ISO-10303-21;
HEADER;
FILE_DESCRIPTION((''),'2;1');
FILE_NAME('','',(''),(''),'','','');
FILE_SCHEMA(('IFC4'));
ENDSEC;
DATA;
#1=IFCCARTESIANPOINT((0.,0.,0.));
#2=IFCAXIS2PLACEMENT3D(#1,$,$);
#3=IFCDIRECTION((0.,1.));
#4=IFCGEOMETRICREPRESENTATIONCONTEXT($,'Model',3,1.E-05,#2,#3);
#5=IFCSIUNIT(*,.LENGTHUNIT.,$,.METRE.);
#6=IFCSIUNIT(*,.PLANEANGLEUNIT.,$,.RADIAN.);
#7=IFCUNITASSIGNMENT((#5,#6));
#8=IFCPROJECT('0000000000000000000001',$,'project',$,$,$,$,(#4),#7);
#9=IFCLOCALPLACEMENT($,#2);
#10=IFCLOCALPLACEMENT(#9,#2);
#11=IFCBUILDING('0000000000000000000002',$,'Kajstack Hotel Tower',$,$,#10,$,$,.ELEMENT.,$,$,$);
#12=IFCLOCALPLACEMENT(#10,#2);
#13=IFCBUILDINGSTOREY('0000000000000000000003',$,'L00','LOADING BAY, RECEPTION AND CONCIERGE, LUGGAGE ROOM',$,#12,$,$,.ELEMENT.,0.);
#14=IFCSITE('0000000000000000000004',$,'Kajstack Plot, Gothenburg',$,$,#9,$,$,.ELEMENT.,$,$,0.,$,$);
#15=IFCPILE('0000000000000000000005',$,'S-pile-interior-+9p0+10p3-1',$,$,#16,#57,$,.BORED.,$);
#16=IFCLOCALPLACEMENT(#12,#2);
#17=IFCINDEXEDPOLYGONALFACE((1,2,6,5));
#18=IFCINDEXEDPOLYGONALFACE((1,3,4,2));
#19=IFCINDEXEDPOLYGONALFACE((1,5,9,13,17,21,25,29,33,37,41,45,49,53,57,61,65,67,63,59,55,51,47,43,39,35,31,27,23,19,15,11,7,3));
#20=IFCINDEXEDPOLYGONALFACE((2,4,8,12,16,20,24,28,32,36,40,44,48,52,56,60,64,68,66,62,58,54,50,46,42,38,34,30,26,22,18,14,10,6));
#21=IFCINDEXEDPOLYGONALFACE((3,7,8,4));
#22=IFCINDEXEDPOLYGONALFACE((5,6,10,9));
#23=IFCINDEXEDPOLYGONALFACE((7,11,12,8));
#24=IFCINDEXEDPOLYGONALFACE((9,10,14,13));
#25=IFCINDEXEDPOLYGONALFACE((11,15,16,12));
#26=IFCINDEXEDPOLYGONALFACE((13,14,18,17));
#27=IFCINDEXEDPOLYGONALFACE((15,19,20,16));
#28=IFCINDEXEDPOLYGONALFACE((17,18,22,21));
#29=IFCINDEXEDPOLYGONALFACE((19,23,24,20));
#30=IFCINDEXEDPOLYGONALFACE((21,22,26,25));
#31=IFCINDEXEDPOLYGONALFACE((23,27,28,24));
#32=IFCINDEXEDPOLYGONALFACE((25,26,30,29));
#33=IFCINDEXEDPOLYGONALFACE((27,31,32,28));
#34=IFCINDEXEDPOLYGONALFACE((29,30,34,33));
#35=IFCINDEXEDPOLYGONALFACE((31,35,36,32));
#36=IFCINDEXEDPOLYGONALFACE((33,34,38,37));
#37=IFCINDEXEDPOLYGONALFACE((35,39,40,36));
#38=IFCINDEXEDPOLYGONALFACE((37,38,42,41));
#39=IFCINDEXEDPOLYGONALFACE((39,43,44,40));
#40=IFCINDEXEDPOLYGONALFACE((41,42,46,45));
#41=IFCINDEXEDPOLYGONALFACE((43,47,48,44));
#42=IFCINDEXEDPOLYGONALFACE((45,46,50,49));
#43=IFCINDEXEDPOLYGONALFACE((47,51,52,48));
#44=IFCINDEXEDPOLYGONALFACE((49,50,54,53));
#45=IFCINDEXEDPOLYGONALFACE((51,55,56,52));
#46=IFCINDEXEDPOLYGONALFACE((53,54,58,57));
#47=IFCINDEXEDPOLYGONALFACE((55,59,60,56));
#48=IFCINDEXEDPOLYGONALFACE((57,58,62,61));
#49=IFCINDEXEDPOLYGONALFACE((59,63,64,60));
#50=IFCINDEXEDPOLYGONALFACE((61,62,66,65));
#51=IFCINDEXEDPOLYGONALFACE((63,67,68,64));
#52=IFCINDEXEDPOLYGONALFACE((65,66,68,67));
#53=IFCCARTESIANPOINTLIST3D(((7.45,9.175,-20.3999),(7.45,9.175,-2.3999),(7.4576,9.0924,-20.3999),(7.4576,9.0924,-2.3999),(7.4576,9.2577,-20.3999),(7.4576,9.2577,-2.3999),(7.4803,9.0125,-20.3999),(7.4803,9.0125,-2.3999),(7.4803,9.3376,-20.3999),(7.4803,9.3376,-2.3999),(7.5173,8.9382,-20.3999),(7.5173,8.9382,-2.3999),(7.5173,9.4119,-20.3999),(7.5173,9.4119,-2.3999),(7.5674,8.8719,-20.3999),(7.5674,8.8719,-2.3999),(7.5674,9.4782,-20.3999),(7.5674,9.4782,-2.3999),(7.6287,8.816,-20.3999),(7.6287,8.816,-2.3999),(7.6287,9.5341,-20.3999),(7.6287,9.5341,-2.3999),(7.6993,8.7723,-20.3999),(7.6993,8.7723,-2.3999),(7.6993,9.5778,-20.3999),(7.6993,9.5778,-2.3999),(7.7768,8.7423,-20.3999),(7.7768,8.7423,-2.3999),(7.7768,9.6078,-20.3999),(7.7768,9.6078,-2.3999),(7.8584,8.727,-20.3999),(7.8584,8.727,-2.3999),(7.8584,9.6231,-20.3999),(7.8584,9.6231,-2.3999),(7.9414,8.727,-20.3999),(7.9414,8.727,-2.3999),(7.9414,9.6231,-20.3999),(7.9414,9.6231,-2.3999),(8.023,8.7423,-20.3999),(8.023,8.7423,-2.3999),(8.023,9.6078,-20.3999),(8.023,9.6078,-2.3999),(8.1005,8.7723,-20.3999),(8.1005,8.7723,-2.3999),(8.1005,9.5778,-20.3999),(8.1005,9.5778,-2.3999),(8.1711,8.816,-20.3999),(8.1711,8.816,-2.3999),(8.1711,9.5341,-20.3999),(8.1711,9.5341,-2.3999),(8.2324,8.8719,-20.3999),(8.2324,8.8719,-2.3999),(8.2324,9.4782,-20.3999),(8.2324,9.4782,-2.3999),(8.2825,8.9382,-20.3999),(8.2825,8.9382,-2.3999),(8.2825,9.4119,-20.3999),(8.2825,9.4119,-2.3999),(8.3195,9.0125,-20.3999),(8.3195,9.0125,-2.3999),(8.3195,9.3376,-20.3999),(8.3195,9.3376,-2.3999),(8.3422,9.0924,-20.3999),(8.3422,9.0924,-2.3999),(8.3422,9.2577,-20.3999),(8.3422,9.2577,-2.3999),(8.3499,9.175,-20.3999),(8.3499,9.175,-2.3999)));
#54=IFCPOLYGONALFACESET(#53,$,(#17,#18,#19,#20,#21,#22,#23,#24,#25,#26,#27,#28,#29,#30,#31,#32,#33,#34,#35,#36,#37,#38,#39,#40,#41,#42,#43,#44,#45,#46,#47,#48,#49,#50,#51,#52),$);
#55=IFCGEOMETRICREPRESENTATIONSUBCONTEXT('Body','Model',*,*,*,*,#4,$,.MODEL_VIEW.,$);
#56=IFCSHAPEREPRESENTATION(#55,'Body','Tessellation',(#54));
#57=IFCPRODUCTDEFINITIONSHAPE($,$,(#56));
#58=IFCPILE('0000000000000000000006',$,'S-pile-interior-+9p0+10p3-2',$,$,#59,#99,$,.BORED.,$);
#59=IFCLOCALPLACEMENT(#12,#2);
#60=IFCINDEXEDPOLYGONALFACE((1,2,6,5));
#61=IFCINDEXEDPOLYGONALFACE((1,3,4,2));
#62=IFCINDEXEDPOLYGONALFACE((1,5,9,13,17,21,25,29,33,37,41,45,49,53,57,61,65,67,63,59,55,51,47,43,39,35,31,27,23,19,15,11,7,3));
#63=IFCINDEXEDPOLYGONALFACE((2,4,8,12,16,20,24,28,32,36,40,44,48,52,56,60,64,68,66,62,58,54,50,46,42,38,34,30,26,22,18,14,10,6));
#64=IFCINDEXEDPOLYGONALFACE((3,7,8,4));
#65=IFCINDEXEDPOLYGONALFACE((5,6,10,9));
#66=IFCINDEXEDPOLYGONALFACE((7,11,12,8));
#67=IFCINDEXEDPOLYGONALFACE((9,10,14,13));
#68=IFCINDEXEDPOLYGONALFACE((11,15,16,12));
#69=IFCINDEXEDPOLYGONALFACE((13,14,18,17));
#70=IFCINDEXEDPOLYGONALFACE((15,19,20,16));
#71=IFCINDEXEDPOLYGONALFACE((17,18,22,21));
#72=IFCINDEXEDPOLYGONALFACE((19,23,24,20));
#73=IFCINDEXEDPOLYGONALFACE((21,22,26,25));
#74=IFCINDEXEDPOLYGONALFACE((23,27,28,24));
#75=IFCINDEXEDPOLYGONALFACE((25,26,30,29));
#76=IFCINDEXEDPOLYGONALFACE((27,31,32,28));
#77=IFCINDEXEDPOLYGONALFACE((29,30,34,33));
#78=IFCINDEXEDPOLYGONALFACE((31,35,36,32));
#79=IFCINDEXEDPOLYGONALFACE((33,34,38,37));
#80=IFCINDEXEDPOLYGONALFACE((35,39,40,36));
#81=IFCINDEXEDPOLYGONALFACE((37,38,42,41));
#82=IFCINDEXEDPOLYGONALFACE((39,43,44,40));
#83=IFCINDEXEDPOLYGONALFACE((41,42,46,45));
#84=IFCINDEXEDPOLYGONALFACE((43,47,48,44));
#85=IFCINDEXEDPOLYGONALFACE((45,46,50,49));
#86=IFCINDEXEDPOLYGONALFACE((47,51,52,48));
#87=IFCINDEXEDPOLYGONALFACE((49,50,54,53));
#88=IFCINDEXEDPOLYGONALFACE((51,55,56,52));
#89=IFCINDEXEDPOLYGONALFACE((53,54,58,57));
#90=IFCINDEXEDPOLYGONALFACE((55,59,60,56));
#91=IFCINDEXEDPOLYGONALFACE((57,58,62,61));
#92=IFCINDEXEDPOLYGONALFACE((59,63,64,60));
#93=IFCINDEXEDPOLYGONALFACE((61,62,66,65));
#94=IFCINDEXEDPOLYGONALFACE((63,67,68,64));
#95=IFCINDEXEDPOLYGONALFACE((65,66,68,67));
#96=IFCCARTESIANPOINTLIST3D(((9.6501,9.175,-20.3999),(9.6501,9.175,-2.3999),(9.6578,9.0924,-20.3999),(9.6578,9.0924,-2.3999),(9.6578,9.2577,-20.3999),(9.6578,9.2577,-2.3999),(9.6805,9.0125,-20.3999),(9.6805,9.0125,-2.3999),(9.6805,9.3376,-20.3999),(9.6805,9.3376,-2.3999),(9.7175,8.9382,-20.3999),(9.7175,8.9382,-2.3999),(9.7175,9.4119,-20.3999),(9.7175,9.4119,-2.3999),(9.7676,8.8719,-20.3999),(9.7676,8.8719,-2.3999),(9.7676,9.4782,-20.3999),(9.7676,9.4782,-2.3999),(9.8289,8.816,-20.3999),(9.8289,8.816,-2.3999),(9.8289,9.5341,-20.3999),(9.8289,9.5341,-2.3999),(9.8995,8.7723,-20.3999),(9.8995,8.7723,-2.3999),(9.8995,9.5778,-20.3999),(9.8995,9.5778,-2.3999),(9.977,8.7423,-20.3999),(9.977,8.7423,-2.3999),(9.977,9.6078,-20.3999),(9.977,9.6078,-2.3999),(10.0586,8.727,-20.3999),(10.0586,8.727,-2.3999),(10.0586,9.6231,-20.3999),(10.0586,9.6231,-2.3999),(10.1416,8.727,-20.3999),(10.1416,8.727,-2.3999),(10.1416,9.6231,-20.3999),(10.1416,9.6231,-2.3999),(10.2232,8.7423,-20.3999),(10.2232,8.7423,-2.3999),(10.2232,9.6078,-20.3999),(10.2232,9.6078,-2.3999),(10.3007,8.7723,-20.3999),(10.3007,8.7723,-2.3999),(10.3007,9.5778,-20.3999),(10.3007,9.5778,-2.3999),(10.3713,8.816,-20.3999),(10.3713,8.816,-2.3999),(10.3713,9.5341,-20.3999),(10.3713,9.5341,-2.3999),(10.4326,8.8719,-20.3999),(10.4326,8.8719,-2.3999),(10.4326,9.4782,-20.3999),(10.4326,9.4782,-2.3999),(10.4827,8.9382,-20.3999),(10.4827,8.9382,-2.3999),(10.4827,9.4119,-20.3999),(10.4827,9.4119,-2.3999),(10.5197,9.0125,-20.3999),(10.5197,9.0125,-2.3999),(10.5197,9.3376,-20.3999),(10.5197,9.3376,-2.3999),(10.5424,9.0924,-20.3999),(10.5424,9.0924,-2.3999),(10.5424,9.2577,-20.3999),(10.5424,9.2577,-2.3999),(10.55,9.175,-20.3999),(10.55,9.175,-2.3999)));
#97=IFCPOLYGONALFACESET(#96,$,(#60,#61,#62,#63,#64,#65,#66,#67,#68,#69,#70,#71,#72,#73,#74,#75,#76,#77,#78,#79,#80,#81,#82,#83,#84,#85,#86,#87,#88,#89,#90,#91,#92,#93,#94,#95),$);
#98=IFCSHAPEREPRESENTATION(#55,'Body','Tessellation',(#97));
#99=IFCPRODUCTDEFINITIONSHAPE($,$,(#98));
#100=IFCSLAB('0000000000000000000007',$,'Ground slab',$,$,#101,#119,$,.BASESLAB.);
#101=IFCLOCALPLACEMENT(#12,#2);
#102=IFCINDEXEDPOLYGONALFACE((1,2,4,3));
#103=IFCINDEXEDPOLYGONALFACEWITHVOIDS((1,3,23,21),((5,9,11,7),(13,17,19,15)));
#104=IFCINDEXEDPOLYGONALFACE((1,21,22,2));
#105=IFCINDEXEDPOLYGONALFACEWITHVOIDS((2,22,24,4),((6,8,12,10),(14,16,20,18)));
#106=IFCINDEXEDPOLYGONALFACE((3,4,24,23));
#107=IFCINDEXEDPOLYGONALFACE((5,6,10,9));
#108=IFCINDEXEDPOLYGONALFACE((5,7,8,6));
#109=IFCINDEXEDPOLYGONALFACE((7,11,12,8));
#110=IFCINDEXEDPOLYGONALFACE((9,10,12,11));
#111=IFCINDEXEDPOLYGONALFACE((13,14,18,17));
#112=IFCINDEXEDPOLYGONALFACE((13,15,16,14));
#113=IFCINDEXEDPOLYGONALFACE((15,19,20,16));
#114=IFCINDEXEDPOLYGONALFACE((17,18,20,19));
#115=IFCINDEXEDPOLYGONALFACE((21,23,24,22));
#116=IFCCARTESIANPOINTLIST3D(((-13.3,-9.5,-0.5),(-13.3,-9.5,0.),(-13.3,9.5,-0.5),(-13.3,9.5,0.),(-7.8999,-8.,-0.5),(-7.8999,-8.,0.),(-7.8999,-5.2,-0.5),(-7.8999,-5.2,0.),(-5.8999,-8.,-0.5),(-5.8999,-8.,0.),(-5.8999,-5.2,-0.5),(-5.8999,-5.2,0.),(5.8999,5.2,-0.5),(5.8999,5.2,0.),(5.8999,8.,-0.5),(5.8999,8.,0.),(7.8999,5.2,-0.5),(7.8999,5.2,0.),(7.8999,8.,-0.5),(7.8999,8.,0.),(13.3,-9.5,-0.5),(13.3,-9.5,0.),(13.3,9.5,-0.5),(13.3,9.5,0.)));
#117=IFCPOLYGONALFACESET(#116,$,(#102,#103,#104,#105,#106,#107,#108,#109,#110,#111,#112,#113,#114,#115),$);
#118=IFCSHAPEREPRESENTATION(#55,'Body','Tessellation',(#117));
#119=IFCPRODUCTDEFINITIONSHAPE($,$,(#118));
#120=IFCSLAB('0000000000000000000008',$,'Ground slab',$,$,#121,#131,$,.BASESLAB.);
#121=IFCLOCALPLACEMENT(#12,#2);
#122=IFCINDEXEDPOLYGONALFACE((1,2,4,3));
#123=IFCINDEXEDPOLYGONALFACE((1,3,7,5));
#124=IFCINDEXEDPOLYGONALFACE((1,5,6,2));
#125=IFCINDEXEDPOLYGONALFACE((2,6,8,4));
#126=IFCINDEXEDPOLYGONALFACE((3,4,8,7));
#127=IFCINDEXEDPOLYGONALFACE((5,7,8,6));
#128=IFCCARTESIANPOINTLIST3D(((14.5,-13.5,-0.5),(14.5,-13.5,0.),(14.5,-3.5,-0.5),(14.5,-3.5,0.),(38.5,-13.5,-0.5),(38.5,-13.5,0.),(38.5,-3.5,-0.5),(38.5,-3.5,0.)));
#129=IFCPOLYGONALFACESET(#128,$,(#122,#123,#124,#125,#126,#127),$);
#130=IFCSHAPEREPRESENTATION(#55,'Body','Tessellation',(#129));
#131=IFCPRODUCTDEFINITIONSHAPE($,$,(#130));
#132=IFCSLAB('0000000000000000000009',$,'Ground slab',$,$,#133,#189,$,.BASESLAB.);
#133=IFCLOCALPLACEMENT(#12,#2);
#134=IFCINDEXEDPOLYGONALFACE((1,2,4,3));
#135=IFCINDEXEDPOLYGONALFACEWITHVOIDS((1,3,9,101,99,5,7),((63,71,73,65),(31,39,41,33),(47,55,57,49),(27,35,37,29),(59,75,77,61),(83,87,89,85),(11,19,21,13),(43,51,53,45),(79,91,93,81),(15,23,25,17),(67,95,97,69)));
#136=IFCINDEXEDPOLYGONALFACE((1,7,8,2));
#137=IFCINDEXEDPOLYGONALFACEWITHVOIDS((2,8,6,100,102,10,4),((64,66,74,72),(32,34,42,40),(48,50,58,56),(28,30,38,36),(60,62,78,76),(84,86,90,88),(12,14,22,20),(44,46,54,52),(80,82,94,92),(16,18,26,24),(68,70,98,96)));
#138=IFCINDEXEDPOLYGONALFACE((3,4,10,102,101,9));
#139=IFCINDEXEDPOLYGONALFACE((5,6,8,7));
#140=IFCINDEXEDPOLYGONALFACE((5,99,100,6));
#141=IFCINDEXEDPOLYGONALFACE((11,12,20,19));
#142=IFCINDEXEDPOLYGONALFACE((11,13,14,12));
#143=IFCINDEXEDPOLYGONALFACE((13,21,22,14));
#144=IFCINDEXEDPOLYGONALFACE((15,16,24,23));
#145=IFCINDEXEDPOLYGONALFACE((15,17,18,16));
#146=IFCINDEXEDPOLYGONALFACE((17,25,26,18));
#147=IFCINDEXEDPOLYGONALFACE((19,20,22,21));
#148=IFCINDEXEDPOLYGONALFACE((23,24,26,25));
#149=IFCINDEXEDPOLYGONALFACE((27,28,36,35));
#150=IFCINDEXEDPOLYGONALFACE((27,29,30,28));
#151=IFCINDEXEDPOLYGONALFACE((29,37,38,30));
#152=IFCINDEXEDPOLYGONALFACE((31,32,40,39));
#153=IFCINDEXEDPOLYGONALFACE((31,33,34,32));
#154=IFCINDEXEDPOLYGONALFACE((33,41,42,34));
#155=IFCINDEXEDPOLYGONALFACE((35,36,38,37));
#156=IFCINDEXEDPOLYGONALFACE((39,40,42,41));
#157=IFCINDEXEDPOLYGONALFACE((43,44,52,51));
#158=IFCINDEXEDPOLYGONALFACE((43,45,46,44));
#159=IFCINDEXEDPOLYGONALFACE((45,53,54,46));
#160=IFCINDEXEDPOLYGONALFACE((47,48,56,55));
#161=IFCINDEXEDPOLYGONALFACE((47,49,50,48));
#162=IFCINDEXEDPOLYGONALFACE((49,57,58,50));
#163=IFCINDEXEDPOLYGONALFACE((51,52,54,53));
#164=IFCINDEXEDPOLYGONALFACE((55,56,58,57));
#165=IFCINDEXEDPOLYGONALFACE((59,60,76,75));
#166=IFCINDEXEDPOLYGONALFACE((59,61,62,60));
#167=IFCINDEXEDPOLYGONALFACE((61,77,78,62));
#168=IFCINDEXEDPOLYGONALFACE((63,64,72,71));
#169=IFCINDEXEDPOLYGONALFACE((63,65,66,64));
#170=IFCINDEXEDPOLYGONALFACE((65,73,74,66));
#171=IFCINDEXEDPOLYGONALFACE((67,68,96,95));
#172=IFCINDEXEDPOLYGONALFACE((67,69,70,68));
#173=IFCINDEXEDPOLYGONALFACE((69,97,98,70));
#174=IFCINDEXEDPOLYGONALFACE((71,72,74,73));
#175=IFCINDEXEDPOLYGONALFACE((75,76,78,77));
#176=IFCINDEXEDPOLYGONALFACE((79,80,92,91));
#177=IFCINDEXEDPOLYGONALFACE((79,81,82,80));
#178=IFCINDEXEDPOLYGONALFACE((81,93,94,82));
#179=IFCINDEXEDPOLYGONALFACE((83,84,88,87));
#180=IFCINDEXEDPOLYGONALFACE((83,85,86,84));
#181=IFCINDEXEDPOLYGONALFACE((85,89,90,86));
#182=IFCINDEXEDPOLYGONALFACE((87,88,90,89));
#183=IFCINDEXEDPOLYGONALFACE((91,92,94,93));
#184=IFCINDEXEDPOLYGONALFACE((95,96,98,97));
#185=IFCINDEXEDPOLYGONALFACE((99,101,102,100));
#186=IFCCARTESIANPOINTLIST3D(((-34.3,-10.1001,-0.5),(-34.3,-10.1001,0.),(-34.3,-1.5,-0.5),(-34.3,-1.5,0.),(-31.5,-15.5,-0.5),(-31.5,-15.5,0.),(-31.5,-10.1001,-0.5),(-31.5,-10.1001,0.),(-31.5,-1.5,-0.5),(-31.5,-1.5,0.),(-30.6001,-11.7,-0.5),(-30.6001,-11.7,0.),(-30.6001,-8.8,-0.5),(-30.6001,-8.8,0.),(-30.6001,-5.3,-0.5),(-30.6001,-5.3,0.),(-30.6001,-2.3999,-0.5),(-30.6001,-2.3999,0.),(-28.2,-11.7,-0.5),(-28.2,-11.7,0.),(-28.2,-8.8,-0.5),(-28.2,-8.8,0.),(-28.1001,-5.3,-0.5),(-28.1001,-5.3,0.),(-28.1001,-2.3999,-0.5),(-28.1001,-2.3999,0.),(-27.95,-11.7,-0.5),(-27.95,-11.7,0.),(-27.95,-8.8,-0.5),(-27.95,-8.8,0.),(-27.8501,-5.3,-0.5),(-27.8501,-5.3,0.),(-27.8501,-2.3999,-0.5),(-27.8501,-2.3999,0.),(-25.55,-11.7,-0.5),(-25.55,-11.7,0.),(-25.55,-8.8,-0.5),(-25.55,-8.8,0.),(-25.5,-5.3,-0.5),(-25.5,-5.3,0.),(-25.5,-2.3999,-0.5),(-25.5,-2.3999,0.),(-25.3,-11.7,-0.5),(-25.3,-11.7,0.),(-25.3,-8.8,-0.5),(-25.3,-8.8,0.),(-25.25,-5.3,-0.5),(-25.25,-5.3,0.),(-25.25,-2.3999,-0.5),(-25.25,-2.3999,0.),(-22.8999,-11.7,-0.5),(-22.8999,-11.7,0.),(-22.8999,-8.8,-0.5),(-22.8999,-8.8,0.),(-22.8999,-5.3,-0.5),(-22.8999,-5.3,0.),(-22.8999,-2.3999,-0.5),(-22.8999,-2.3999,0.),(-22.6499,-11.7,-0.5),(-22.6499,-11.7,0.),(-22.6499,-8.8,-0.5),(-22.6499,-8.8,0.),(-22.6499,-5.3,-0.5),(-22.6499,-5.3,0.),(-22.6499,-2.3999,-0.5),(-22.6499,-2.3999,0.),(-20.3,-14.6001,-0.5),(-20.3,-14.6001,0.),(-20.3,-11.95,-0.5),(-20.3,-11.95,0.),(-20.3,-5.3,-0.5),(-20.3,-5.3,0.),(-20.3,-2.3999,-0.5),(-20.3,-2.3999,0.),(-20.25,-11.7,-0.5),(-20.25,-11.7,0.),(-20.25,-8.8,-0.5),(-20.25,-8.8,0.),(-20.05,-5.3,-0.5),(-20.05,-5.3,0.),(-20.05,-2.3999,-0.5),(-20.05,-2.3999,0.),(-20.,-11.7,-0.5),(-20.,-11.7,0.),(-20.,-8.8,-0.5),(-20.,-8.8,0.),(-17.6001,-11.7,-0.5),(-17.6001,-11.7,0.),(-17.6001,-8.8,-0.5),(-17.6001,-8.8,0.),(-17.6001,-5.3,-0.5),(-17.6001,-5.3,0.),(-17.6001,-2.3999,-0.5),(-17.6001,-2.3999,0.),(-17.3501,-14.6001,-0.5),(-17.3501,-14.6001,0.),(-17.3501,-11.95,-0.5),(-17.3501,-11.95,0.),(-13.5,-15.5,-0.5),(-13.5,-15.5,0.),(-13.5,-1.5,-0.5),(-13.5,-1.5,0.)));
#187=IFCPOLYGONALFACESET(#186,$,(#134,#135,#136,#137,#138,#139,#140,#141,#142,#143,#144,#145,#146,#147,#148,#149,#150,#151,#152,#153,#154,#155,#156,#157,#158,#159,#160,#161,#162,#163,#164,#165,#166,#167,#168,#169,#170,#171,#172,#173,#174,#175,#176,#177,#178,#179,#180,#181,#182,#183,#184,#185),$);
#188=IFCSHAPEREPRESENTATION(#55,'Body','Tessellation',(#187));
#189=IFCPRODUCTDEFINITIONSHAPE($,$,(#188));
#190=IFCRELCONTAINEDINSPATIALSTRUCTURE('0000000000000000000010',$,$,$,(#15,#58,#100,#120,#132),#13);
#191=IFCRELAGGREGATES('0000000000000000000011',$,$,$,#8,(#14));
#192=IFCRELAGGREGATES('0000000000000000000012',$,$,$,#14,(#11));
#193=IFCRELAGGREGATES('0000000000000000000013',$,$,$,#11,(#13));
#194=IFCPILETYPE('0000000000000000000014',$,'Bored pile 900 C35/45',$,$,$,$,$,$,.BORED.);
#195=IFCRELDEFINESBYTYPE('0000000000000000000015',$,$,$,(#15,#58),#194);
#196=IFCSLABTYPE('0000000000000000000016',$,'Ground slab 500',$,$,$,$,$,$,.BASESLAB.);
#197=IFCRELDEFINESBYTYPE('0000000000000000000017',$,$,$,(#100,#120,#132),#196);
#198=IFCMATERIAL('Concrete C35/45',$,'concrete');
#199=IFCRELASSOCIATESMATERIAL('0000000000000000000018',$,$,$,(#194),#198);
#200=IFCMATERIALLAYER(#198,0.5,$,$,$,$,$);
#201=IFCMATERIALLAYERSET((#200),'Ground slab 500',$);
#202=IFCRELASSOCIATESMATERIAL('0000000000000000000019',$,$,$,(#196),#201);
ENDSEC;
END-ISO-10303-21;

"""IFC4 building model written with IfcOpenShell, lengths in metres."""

from ifc_helpers import new_model, si_unit, direction, frame, origin, origin_2d, place, context, subcontext, project, spatial, polyline, circle, outline, extrude, material, layer, layer_set, material_profile, profile_set, type_object, element, save


model = new_model("IFC4")

# Units and contexts
model_context = context("Model", 3, precision=1e-05, world=origin(), true_north=direction((0.0, 1.0)))
body_context = subcontext(model_context, "Body", "Model", "MODEL_VIEW")
ifc_project = project(units=[si_unit("LENGTHUNIT", "METRE"), si_unit("PLANEANGLEUNIT", "RADIAN")], contexts=[model_context])

# Site, building, storey
site_placement = place(None, origin())
site = spatial("IfcSite", under=ifc_project, at=site_placement, Name="Kajstack Plot, Gothenburg", CompositionType="ELEMENT", RefElevation=0.0)
building_placement = place(site_placement, origin())
building = spatial("IfcBuilding", under=site, at=building_placement, Name="Kajstack Hotel Tower", CompositionType="ELEMENT")
storey_placement = place(building_placement, origin())
storey = spatial("IfcBuildingStorey", under=building, at=storey_placement, Name="L00", Description="LOADING BAY, RECEPTION AND CONCIERGE, LUGGAGE ROOM", CompositionType="ELEMENT", Elevation=0.0)

# Piles
ifc_material_1 = material(Name="Concrete C35/45", Category="concrete")
ifc_material_profile_1 = material_profile(ifc_material_1, circle(Radius=0.45, at=origin_2d()), Name="RC round 900")
ifc_profile_set_1 = profile_set([ifc_material_profile_1], Name="Concrete C35/45")
pile_type_1 = type_object("IfcPileType", Name="Bored pile 900 C35/45", PredefinedType="BORED", material=ifc_profile_set_1)
for number, where, z_axis, x_axis, name in (
    (1, (7.8999, 9.175, -2.3999), (0.0, 0.0, -1.0), (1.0, 0.0, 0.0), "S-pile-interior-+9p0+10p3-1"),
    (2, (10.1001, 9.175, -2.3999), (0.0, 0.0, -1.0), (1.0, 0.0, 0.0), "S-pile-interior-+9p0+10p3-2"),
):
    element("IfcPile", number, at=place(storey_placement, frame(where, z_axis=z_axis, x_axis=x_axis)), inside=storey, type_object=pile_type_1, Name=name, PredefinedType="BORED", context=body_context, shape_type="SweptSolid", body=[
        extrude(circle(Radius=0.45, at=origin_2d()), origin(), (0.0, 0.0, 1.0), 18.0),
    ])

# Slabs
ifc_layer_1 = layer(ifc_material_1, 0.5)
ifc_layer_set_1 = layer_set([ifc_layer_1], Name="Ground slab 500")
slab_type_1 = type_object("IfcSlabType", Name="Ground slab 500", PredefinedType="BASESLAB", material=ifc_layer_set_1)
slab_1_placement = place(storey_placement, frame((0.0, 0.0, -0.5)))
element("IfcSlab", 3, at=slab_1_placement, inside=storey, type_object=slab_type_1, Name="Ground slab", PredefinedType="BASESLAB", context=body_context, shape_type="SweptSolid", body=[
    extrude(outline(polyline([(13.3, -9.5), (-13.3, -9.5), (-13.3, 9.5), (13.3, 9.5), (13.3, -9.5)]), holes=[polyline([(-7.8999, -8.0), (-5.8999, -8.0), (-5.8999, -5.2), (-7.8999, -5.2), (-7.8999, -8.0)]), polyline([(7.8999, 8.0), (5.8999, 8.0), (5.8999, 5.2), (7.8999, 5.2), (7.8999, 8.0)])]), origin(), (0.0, 0.0, 1.0), 0.5),
])
slab_2_placement = place(storey_placement, frame((0.0, 0.0, -0.5)))
element("IfcSlab", 4, at=slab_2_placement, inside=storey, type_object=slab_type_1, Name="Ground slab", PredefinedType="BASESLAB", context=body_context, shape_type="SweptSolid", body=[
    extrude(outline(polyline([(38.5, -13.5), (14.5, -13.5), (14.5, -3.5), (38.5, -3.5), (38.5, -13.5)])), origin(), (0.0, 0.0, 1.0), 0.5),
])
slab_3_placement = place(storey_placement, frame((0.0, 0.0, -0.5)))
element("IfcSlab", 5, at=slab_3_placement, inside=storey, type_object=slab_type_1, Name="Ground slab", PredefinedType="BASESLAB", context=body_context, shape_type="SweptSolid", body=[
    extrude(outline(polyline([(-13.5, -1.5), (-13.5, -15.5), (-31.5, -15.5), (-31.5, -10.1001), (-34.3, -10.1001), (-34.3, -1.5), (-31.5, -1.5), (-13.5, -1.5)]), holes=[polyline([(-30.6001, -11.7), (-28.2, -11.7), (-28.2, -8.8), (-30.6001, -8.8), (-30.6001, -11.7)]), polyline([(-27.95, -11.7), (-25.55, -11.7), (-25.55, -8.8), (-27.95, -8.8), (-27.95, -11.7)]), polyline([(-25.3, -11.7), (-22.8999, -11.7), (-22.8999, -8.8), (-25.3, -8.8), (-25.3, -11.7)]), polyline([(-22.6499, -11.7), (-20.25, -11.7), (-20.25, -8.8), (-22.6499, -8.8), (-22.6499, -11.7)]), polyline([(-20.0, -11.7), (-17.6001, -11.7), (-17.6001, -8.8), (-20.0, -8.8), (-20.0, -11.7)]), polyline([(-27.8501, -5.3), (-25.5, -5.3), (-25.5, -2.3999), (-27.8501, -2.3999), (-27.8501, -5.3)]), polyline([(-25.25, -5.3), (-22.8999, -5.3), (-22.8999, -2.3999), (-25.25, -2.3999), (-25.25, -5.3)]), polyline([(-22.6499, -5.3), (-20.3, -5.3), (-20.3, -2.3999), (-22.6499, -2.3999), (-22.6499, -5.3)]), polyline([(-20.05, -5.3), (-17.6001, -5.3), (-17.6001, -2.3999), (-20.05, -2.3999), (-20.05, -5.3)]), polyline([(-20.3, -14.6001), (-17.3501, -14.6001), (-17.3501, -11.95), (-20.3, -11.95), (-20.3, -14.6001)]), polyline([(-30.6001, -5.3), (-28.1001, -5.3), (-28.1001, -2.3999), (-30.6001, -2.3999), (-30.6001, -5.3)])]), origin(), (0.0, 0.0, 1.0), 0.5),
])

save(model, "model.ifc")
